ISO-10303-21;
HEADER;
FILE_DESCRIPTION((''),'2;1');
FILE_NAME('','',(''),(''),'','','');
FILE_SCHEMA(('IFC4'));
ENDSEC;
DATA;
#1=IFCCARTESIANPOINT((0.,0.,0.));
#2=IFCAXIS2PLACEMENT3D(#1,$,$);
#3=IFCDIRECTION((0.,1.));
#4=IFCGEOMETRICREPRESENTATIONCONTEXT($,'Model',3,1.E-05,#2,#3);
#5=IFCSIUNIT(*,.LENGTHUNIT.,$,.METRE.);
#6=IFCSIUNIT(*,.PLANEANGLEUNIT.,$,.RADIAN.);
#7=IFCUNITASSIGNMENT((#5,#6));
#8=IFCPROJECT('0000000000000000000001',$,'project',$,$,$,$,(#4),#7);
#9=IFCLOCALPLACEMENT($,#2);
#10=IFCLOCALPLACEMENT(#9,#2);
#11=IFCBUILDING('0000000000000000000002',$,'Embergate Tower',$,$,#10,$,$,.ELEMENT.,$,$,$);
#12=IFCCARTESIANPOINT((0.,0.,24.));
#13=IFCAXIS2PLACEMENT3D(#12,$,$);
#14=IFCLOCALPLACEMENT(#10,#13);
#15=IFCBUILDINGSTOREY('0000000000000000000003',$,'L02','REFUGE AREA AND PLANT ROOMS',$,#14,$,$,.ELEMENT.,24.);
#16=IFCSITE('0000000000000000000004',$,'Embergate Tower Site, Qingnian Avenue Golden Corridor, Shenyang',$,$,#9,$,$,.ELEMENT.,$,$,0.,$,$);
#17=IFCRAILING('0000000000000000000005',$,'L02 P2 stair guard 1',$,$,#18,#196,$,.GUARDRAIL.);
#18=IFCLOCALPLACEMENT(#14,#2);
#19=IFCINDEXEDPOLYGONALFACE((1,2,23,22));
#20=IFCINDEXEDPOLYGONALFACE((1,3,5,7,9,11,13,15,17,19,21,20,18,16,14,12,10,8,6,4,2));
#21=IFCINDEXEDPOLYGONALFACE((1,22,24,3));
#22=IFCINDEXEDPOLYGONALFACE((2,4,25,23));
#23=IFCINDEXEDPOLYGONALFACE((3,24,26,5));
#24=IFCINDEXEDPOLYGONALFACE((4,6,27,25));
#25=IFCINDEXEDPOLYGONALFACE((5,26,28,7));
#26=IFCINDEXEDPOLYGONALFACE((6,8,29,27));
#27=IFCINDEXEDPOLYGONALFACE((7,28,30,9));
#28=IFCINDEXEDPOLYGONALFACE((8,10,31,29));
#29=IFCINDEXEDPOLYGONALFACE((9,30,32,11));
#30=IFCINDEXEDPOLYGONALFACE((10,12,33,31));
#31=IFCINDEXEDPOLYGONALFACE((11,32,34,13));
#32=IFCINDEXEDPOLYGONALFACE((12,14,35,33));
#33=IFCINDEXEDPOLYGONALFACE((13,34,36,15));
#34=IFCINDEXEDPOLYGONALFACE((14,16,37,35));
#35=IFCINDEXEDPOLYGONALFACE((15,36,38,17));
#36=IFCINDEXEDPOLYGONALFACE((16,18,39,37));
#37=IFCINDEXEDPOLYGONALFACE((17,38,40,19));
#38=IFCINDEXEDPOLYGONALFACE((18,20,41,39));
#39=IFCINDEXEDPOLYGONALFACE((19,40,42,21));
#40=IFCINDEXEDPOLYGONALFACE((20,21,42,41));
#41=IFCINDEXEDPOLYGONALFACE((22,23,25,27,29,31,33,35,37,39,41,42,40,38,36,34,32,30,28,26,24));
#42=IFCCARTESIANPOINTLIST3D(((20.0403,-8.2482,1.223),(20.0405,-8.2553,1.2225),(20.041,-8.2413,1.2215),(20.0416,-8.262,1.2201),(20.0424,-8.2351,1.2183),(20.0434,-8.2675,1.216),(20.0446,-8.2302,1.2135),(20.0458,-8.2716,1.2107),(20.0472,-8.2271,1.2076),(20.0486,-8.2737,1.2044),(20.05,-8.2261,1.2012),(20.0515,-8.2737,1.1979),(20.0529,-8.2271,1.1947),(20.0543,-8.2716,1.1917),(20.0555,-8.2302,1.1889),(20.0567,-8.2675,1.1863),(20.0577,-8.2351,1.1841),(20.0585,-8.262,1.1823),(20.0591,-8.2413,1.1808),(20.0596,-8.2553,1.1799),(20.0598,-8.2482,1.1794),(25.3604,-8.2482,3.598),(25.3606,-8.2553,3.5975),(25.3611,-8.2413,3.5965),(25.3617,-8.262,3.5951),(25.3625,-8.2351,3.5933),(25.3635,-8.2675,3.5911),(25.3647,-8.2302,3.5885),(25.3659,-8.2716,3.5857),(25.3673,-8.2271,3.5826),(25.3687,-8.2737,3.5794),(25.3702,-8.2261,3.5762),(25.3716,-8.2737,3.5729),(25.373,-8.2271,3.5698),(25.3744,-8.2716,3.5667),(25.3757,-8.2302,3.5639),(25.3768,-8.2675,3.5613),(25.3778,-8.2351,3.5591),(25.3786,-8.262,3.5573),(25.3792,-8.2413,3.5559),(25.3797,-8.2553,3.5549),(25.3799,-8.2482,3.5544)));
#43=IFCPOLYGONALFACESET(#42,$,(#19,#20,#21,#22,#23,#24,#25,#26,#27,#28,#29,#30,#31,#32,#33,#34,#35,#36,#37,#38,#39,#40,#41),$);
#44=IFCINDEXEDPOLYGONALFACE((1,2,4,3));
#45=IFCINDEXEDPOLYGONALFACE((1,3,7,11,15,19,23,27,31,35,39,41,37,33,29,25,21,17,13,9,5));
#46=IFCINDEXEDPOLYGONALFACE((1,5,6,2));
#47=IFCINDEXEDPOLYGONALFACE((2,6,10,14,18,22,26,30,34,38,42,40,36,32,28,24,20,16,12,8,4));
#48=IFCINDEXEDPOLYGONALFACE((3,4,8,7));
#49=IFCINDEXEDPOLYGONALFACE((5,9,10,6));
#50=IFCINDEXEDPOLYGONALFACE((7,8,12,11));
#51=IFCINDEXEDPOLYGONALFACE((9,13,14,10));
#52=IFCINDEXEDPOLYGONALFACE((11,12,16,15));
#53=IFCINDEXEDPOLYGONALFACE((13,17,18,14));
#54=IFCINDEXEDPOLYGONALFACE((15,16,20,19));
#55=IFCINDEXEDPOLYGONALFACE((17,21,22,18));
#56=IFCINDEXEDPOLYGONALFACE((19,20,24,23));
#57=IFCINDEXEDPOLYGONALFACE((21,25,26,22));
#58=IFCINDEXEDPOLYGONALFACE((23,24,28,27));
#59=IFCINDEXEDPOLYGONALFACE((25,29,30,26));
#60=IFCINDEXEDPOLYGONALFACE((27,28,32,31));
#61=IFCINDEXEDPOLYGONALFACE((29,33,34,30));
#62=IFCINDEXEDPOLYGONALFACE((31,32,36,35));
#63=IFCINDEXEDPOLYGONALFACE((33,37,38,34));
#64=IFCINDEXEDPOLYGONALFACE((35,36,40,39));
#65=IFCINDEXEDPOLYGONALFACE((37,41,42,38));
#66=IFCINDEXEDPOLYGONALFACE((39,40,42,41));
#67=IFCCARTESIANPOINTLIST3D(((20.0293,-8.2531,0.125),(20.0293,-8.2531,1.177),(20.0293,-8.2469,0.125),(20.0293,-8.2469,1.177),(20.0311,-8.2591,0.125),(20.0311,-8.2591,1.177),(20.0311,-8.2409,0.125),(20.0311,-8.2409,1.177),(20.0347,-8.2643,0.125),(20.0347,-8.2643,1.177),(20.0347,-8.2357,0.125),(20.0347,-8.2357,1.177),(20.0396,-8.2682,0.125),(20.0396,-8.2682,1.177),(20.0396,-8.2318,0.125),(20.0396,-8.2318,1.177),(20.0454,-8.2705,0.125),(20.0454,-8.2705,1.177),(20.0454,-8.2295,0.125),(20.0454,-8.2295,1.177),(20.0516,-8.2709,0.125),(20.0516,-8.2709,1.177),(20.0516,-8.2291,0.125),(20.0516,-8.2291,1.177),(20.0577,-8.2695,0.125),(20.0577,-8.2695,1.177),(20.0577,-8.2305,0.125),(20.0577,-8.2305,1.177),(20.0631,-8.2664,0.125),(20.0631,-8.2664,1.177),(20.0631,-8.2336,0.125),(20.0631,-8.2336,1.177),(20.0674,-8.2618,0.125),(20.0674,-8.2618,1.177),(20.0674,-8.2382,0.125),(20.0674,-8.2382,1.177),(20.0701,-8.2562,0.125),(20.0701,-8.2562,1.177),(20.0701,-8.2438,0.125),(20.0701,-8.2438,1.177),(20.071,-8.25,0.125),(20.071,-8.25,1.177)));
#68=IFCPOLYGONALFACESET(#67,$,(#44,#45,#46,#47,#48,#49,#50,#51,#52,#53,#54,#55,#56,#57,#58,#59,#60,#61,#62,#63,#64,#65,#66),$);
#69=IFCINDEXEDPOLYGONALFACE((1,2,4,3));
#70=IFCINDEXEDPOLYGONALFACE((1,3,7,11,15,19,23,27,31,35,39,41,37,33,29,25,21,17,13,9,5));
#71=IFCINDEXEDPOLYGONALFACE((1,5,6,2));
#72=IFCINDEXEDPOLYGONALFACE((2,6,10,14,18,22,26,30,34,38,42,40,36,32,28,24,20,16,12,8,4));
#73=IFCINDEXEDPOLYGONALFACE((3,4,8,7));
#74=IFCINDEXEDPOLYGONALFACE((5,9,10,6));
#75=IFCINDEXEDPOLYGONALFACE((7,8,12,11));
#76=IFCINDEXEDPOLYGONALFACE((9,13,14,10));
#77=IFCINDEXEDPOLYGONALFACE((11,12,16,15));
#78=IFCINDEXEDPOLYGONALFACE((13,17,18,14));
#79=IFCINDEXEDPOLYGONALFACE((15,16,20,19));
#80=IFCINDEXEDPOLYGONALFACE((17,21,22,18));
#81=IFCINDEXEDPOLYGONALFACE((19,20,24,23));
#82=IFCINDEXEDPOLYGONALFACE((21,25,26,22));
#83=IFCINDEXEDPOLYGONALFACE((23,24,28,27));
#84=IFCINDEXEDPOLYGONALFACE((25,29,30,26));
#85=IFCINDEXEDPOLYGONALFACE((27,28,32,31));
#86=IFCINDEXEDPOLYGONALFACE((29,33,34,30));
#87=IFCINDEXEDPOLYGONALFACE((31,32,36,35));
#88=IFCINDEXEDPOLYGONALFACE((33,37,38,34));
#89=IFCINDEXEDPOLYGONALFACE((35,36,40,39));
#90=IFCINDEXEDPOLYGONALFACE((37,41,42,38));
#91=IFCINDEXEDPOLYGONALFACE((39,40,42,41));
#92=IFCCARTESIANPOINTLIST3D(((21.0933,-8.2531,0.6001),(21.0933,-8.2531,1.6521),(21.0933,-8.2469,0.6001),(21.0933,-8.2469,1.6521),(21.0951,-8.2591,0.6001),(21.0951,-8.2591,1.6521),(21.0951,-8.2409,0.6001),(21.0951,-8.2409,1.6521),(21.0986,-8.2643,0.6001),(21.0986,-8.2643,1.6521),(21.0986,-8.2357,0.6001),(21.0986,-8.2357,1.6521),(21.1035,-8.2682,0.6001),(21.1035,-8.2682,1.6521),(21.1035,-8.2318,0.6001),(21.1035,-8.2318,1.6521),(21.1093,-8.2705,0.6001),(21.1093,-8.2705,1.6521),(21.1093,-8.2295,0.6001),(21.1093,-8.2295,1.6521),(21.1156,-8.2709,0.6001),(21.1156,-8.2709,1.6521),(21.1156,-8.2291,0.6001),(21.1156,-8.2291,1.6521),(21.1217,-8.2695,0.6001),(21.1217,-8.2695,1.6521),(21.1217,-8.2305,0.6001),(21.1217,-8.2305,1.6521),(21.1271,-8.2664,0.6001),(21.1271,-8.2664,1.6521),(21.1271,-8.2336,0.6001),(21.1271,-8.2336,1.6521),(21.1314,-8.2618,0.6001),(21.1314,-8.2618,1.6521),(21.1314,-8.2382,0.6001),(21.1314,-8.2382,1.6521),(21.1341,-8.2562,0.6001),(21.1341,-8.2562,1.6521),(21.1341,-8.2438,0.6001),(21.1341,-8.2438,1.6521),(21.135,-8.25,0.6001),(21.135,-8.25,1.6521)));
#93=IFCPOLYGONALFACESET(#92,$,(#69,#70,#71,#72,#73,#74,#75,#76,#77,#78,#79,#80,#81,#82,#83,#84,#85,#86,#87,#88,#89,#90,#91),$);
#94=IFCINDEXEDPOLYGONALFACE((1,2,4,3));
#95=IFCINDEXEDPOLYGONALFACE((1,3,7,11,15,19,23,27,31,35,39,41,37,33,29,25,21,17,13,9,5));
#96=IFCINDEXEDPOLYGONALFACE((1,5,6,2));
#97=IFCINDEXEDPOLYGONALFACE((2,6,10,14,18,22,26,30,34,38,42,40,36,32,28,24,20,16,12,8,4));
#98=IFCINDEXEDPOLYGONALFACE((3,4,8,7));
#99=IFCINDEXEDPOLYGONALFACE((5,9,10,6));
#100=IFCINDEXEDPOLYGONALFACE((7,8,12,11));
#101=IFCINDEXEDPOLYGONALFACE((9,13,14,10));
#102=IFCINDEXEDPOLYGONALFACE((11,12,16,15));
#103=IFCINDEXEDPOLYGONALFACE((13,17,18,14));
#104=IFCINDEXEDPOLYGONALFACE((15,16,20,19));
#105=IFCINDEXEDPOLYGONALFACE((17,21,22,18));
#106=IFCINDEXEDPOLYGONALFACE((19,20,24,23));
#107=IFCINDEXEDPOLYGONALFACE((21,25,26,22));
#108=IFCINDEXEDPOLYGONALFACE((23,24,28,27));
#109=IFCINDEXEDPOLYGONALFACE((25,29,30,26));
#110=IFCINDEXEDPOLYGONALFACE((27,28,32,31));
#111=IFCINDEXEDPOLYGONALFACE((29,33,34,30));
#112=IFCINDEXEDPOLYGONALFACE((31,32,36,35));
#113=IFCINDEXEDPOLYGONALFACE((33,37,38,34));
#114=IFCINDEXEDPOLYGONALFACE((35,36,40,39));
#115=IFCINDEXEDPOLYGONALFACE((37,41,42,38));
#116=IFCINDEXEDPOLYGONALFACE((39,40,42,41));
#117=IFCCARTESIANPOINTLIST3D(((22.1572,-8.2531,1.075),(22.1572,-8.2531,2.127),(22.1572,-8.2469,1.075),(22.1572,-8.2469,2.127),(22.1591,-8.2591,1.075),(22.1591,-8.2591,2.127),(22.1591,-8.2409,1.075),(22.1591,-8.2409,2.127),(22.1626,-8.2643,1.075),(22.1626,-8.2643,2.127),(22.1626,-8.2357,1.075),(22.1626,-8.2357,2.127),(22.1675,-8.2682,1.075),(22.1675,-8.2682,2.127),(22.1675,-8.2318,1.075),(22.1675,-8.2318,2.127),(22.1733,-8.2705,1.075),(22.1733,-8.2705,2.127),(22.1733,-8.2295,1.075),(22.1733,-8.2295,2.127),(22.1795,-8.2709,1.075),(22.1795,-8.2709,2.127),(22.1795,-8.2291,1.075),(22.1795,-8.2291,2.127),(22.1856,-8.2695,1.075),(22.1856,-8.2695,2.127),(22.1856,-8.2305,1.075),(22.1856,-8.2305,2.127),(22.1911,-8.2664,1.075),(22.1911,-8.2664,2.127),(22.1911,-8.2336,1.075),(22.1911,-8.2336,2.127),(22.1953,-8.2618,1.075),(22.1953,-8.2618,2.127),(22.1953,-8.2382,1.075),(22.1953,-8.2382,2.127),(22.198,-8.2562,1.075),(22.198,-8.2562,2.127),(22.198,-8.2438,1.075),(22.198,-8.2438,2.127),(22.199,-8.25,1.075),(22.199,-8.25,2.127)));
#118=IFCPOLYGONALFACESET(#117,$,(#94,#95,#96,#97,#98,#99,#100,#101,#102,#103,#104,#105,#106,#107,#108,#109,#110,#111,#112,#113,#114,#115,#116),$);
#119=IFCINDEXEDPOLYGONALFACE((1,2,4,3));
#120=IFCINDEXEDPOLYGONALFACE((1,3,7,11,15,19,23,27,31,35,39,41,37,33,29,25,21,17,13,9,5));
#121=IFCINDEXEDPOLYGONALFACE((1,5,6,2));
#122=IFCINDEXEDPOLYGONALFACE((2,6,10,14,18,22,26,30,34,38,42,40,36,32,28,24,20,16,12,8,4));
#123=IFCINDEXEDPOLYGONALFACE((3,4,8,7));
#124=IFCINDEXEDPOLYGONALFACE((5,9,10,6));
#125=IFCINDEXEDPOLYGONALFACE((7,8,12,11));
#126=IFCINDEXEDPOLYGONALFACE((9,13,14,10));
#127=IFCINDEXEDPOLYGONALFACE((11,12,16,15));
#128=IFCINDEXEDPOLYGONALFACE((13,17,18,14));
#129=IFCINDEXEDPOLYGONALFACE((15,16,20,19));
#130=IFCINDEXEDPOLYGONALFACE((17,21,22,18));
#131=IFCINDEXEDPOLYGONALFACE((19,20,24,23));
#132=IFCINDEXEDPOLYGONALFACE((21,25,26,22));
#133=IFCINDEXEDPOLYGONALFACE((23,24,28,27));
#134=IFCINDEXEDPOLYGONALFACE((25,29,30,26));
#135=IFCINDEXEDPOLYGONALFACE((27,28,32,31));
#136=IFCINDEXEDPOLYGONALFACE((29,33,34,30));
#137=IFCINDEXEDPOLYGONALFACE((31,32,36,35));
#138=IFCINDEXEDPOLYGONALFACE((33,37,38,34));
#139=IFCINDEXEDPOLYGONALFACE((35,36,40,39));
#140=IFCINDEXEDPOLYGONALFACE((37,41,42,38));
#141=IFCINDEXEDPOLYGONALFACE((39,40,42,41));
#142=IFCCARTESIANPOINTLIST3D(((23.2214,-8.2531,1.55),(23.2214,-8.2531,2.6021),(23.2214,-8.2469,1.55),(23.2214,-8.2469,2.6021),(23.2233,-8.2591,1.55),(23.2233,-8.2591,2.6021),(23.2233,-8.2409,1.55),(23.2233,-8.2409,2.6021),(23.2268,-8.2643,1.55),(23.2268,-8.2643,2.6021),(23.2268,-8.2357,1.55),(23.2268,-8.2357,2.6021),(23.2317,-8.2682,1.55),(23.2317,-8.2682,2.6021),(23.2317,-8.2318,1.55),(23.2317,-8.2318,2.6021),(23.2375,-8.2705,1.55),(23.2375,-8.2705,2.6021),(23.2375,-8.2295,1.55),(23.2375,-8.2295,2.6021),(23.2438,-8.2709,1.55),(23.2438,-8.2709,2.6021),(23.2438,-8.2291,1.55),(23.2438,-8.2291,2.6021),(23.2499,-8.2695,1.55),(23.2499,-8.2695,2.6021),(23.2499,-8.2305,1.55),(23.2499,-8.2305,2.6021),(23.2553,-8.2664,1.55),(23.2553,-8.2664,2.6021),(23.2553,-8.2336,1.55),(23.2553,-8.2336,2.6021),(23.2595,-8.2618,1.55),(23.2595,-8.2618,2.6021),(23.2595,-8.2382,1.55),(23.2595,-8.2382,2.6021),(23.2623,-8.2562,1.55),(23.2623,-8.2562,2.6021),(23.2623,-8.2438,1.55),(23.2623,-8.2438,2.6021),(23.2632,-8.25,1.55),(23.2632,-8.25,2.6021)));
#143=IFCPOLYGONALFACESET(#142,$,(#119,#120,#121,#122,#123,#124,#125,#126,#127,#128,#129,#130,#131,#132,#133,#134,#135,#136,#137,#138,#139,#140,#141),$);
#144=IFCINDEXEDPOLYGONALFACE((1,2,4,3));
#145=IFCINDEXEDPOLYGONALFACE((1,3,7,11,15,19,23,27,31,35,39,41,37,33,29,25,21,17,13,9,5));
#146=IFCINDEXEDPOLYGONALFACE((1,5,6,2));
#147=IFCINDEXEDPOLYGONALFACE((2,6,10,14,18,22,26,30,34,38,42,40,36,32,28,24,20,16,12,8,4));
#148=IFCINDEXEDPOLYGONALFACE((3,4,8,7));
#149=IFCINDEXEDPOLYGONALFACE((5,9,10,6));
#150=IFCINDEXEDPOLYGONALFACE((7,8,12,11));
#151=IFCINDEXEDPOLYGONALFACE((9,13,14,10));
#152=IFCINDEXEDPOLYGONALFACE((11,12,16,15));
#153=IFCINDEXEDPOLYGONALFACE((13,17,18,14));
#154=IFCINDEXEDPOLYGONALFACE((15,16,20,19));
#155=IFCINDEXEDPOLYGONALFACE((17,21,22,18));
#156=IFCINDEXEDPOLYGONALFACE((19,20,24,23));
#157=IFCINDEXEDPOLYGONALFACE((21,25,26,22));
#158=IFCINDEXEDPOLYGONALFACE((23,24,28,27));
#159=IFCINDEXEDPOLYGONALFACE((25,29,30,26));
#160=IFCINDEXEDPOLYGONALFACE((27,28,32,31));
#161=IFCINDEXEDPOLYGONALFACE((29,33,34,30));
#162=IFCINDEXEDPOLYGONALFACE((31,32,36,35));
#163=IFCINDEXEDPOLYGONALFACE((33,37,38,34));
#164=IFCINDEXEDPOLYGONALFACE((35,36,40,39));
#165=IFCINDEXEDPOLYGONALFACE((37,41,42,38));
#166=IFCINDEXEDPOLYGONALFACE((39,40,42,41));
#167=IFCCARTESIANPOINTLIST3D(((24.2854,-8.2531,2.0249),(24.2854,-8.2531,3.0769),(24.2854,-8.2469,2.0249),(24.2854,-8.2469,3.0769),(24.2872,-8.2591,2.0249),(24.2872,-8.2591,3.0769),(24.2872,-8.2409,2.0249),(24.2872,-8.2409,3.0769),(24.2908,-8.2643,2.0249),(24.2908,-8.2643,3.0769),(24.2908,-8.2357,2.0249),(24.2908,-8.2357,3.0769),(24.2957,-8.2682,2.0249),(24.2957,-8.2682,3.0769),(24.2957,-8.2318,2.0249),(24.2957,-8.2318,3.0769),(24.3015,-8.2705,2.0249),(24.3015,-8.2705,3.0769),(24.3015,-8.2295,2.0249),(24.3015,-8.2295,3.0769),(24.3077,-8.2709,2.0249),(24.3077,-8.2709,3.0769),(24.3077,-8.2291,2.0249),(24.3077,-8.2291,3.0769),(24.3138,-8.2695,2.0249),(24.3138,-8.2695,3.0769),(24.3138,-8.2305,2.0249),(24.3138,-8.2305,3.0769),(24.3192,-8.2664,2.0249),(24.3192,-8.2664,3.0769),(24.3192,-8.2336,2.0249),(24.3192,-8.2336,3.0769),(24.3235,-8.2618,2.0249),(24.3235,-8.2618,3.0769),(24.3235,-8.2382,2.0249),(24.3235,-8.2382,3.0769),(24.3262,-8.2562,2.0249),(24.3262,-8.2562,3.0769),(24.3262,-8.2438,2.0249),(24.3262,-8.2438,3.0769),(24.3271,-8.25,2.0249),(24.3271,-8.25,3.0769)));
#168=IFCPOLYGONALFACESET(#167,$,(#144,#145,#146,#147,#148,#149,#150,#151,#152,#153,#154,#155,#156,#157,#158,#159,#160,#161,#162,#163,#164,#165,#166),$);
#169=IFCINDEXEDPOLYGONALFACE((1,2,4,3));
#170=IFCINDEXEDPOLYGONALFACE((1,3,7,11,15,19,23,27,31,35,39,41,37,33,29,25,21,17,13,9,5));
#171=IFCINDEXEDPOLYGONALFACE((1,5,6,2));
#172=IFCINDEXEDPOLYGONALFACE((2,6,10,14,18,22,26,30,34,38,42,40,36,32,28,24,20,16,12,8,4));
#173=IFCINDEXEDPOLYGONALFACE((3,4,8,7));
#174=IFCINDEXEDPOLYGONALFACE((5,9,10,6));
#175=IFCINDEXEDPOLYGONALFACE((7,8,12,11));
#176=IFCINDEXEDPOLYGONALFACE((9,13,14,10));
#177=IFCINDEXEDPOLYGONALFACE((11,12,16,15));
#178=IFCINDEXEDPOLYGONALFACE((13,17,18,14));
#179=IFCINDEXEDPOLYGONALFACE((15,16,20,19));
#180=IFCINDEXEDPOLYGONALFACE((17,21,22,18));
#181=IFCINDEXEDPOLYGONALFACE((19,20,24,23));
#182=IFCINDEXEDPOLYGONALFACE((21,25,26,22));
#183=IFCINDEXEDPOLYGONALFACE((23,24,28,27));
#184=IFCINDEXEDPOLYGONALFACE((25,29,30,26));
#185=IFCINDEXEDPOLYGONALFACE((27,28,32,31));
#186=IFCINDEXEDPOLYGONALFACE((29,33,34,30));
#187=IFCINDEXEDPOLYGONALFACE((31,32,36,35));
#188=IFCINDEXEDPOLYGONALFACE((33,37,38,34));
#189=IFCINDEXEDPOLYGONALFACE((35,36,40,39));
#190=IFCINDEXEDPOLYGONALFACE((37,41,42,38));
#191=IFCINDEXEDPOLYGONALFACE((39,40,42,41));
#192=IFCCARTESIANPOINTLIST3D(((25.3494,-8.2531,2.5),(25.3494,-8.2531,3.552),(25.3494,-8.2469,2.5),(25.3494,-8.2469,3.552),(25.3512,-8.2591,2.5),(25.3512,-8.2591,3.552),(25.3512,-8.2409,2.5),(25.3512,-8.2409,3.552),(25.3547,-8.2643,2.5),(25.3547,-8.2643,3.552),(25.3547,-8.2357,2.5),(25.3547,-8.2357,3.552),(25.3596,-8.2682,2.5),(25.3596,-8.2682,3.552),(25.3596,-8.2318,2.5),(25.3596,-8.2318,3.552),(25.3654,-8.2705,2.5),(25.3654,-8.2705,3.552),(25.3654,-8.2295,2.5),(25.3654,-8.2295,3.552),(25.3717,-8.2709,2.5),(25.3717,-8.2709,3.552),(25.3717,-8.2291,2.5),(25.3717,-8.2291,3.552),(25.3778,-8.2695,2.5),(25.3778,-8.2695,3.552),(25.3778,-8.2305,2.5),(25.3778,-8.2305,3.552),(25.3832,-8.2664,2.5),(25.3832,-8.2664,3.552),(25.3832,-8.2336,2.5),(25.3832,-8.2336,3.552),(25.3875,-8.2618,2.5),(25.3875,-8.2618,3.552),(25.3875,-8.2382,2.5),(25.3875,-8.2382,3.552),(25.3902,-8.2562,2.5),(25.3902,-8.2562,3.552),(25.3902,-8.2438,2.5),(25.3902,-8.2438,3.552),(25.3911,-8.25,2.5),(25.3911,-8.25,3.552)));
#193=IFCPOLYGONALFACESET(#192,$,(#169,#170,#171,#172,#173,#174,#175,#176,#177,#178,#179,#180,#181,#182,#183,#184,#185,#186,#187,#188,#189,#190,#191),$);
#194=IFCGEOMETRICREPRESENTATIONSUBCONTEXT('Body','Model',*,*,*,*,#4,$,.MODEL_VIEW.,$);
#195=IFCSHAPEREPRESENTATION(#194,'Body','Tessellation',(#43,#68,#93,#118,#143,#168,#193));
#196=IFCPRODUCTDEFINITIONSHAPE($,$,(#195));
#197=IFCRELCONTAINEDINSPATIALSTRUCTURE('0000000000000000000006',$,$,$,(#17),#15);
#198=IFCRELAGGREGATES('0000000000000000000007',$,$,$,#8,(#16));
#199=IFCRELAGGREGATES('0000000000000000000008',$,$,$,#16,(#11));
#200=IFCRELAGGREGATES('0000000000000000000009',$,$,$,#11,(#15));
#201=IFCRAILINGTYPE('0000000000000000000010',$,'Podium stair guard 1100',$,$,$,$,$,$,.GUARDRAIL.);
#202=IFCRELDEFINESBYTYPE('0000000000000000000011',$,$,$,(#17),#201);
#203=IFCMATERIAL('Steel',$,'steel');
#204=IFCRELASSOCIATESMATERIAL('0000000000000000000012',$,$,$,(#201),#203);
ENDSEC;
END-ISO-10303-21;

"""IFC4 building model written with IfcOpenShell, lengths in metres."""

from ifc_helpers import new_model, si_unit, direction, frame, origin, origin_2d, place, context, subcontext, project, spatial, circle, extrude, source, transform, mapped, material, type_object, element, save


model = new_model("IFC4")

# Units and contexts
model_context = context("Model", 3, precision=1e-05, world=origin(), true_north=direction((0.0, 1.0)))
body_context = subcontext(model_context, "Body", "Model", "MODEL_VIEW")
ifc_project = project(units=[si_unit("LENGTHUNIT", "METRE"), si_unit("PLANEANGLEUNIT", "RADIAN")], contexts=[model_context])

# Site, building, storey
site_placement = place(None, origin())
site = spatial("IfcSite", under=ifc_project, at=site_placement, Name="Embergate Tower Site, Qingnian Avenue Golden Corridor, Shenyang", CompositionType="ELEMENT", RefElevation=0.0)
building_placement = place(site_placement, origin())
building = spatial("IfcBuilding", under=site, at=building_placement, Name="Embergate Tower", CompositionType="ELEMENT")
storey_placement = place(building_placement, frame((0.0, 0.0, 24.0)))
storey = spatial("IfcBuildingStorey", under=building, at=storey_placement, Name="L02", Description="REFUGE AREA AND PLANT ROOMS", CompositionType="ELEMENT", Elevation=24.0)

# Railing
ifc_material_1 = material(Name="Steel", Category="steel")
railing_type_1 = type_object("IfcRailingType", Name="Podium stair guard 1100", PredefinedType="GUARDRAIL", material=ifc_material_1)
shared_shape_1 = source(origin(), body_context, "Body", "SweptSolid", [
    extrude(circle(Radius=0.0239, at=origin_2d()), frame((0.0, 0.0, 1.0762), z_axis=(0.91314, 0.0, 0.407646), x_axis=(0.0, 1.0, 0.0)), (0.0, 0.0, 1.0), 5.8262),
    extrude(circle(Radius=0.021, at=origin_2d()), origin(), (0.0, 0.0, 1.0), 1.052),
    extrude(circle(Radius=0.021, at=origin_2d()), frame((1.064, 0.0, 0.4751)), (0.0, 0.0, 1.0), 1.052),
    extrude(circle(Radius=0.021, at=origin_2d()), frame((2.1279, 0.0, 0.95)), (0.0, 0.0, 1.0), 1.052),
    extrude(circle(Radius=0.021, at=origin_2d()), frame((3.1921, 0.0, 1.425)), (0.0, 0.0, 1.0), 1.052),
    extrude(circle(Radius=0.021, at=origin_2d()), frame((4.2561, 0.0, 1.8999)), (0.0, 0.0, 1.0), 1.052),
    extrude(circle(Radius=0.021, at=origin_2d()), frame((5.3201, 0.0, 2.375)), (0.0, 0.0, 1.0), 1.052),
])
railing_1_placement = place(storey_placement, frame((20.05, -8.25, 0.125)))
element("IfcRailing", 1, at=railing_1_placement, inside=storey, type_object=railing_type_1, Name="L02 P2 stair guard 1", PredefinedType="GUARDRAIL", context=body_context, shape_type="MappedRepresentation", body=[
    mapped(shared_shape_1, transform((0.0, 0.0, 0.0))),
])

save(model, "model.ifc")
